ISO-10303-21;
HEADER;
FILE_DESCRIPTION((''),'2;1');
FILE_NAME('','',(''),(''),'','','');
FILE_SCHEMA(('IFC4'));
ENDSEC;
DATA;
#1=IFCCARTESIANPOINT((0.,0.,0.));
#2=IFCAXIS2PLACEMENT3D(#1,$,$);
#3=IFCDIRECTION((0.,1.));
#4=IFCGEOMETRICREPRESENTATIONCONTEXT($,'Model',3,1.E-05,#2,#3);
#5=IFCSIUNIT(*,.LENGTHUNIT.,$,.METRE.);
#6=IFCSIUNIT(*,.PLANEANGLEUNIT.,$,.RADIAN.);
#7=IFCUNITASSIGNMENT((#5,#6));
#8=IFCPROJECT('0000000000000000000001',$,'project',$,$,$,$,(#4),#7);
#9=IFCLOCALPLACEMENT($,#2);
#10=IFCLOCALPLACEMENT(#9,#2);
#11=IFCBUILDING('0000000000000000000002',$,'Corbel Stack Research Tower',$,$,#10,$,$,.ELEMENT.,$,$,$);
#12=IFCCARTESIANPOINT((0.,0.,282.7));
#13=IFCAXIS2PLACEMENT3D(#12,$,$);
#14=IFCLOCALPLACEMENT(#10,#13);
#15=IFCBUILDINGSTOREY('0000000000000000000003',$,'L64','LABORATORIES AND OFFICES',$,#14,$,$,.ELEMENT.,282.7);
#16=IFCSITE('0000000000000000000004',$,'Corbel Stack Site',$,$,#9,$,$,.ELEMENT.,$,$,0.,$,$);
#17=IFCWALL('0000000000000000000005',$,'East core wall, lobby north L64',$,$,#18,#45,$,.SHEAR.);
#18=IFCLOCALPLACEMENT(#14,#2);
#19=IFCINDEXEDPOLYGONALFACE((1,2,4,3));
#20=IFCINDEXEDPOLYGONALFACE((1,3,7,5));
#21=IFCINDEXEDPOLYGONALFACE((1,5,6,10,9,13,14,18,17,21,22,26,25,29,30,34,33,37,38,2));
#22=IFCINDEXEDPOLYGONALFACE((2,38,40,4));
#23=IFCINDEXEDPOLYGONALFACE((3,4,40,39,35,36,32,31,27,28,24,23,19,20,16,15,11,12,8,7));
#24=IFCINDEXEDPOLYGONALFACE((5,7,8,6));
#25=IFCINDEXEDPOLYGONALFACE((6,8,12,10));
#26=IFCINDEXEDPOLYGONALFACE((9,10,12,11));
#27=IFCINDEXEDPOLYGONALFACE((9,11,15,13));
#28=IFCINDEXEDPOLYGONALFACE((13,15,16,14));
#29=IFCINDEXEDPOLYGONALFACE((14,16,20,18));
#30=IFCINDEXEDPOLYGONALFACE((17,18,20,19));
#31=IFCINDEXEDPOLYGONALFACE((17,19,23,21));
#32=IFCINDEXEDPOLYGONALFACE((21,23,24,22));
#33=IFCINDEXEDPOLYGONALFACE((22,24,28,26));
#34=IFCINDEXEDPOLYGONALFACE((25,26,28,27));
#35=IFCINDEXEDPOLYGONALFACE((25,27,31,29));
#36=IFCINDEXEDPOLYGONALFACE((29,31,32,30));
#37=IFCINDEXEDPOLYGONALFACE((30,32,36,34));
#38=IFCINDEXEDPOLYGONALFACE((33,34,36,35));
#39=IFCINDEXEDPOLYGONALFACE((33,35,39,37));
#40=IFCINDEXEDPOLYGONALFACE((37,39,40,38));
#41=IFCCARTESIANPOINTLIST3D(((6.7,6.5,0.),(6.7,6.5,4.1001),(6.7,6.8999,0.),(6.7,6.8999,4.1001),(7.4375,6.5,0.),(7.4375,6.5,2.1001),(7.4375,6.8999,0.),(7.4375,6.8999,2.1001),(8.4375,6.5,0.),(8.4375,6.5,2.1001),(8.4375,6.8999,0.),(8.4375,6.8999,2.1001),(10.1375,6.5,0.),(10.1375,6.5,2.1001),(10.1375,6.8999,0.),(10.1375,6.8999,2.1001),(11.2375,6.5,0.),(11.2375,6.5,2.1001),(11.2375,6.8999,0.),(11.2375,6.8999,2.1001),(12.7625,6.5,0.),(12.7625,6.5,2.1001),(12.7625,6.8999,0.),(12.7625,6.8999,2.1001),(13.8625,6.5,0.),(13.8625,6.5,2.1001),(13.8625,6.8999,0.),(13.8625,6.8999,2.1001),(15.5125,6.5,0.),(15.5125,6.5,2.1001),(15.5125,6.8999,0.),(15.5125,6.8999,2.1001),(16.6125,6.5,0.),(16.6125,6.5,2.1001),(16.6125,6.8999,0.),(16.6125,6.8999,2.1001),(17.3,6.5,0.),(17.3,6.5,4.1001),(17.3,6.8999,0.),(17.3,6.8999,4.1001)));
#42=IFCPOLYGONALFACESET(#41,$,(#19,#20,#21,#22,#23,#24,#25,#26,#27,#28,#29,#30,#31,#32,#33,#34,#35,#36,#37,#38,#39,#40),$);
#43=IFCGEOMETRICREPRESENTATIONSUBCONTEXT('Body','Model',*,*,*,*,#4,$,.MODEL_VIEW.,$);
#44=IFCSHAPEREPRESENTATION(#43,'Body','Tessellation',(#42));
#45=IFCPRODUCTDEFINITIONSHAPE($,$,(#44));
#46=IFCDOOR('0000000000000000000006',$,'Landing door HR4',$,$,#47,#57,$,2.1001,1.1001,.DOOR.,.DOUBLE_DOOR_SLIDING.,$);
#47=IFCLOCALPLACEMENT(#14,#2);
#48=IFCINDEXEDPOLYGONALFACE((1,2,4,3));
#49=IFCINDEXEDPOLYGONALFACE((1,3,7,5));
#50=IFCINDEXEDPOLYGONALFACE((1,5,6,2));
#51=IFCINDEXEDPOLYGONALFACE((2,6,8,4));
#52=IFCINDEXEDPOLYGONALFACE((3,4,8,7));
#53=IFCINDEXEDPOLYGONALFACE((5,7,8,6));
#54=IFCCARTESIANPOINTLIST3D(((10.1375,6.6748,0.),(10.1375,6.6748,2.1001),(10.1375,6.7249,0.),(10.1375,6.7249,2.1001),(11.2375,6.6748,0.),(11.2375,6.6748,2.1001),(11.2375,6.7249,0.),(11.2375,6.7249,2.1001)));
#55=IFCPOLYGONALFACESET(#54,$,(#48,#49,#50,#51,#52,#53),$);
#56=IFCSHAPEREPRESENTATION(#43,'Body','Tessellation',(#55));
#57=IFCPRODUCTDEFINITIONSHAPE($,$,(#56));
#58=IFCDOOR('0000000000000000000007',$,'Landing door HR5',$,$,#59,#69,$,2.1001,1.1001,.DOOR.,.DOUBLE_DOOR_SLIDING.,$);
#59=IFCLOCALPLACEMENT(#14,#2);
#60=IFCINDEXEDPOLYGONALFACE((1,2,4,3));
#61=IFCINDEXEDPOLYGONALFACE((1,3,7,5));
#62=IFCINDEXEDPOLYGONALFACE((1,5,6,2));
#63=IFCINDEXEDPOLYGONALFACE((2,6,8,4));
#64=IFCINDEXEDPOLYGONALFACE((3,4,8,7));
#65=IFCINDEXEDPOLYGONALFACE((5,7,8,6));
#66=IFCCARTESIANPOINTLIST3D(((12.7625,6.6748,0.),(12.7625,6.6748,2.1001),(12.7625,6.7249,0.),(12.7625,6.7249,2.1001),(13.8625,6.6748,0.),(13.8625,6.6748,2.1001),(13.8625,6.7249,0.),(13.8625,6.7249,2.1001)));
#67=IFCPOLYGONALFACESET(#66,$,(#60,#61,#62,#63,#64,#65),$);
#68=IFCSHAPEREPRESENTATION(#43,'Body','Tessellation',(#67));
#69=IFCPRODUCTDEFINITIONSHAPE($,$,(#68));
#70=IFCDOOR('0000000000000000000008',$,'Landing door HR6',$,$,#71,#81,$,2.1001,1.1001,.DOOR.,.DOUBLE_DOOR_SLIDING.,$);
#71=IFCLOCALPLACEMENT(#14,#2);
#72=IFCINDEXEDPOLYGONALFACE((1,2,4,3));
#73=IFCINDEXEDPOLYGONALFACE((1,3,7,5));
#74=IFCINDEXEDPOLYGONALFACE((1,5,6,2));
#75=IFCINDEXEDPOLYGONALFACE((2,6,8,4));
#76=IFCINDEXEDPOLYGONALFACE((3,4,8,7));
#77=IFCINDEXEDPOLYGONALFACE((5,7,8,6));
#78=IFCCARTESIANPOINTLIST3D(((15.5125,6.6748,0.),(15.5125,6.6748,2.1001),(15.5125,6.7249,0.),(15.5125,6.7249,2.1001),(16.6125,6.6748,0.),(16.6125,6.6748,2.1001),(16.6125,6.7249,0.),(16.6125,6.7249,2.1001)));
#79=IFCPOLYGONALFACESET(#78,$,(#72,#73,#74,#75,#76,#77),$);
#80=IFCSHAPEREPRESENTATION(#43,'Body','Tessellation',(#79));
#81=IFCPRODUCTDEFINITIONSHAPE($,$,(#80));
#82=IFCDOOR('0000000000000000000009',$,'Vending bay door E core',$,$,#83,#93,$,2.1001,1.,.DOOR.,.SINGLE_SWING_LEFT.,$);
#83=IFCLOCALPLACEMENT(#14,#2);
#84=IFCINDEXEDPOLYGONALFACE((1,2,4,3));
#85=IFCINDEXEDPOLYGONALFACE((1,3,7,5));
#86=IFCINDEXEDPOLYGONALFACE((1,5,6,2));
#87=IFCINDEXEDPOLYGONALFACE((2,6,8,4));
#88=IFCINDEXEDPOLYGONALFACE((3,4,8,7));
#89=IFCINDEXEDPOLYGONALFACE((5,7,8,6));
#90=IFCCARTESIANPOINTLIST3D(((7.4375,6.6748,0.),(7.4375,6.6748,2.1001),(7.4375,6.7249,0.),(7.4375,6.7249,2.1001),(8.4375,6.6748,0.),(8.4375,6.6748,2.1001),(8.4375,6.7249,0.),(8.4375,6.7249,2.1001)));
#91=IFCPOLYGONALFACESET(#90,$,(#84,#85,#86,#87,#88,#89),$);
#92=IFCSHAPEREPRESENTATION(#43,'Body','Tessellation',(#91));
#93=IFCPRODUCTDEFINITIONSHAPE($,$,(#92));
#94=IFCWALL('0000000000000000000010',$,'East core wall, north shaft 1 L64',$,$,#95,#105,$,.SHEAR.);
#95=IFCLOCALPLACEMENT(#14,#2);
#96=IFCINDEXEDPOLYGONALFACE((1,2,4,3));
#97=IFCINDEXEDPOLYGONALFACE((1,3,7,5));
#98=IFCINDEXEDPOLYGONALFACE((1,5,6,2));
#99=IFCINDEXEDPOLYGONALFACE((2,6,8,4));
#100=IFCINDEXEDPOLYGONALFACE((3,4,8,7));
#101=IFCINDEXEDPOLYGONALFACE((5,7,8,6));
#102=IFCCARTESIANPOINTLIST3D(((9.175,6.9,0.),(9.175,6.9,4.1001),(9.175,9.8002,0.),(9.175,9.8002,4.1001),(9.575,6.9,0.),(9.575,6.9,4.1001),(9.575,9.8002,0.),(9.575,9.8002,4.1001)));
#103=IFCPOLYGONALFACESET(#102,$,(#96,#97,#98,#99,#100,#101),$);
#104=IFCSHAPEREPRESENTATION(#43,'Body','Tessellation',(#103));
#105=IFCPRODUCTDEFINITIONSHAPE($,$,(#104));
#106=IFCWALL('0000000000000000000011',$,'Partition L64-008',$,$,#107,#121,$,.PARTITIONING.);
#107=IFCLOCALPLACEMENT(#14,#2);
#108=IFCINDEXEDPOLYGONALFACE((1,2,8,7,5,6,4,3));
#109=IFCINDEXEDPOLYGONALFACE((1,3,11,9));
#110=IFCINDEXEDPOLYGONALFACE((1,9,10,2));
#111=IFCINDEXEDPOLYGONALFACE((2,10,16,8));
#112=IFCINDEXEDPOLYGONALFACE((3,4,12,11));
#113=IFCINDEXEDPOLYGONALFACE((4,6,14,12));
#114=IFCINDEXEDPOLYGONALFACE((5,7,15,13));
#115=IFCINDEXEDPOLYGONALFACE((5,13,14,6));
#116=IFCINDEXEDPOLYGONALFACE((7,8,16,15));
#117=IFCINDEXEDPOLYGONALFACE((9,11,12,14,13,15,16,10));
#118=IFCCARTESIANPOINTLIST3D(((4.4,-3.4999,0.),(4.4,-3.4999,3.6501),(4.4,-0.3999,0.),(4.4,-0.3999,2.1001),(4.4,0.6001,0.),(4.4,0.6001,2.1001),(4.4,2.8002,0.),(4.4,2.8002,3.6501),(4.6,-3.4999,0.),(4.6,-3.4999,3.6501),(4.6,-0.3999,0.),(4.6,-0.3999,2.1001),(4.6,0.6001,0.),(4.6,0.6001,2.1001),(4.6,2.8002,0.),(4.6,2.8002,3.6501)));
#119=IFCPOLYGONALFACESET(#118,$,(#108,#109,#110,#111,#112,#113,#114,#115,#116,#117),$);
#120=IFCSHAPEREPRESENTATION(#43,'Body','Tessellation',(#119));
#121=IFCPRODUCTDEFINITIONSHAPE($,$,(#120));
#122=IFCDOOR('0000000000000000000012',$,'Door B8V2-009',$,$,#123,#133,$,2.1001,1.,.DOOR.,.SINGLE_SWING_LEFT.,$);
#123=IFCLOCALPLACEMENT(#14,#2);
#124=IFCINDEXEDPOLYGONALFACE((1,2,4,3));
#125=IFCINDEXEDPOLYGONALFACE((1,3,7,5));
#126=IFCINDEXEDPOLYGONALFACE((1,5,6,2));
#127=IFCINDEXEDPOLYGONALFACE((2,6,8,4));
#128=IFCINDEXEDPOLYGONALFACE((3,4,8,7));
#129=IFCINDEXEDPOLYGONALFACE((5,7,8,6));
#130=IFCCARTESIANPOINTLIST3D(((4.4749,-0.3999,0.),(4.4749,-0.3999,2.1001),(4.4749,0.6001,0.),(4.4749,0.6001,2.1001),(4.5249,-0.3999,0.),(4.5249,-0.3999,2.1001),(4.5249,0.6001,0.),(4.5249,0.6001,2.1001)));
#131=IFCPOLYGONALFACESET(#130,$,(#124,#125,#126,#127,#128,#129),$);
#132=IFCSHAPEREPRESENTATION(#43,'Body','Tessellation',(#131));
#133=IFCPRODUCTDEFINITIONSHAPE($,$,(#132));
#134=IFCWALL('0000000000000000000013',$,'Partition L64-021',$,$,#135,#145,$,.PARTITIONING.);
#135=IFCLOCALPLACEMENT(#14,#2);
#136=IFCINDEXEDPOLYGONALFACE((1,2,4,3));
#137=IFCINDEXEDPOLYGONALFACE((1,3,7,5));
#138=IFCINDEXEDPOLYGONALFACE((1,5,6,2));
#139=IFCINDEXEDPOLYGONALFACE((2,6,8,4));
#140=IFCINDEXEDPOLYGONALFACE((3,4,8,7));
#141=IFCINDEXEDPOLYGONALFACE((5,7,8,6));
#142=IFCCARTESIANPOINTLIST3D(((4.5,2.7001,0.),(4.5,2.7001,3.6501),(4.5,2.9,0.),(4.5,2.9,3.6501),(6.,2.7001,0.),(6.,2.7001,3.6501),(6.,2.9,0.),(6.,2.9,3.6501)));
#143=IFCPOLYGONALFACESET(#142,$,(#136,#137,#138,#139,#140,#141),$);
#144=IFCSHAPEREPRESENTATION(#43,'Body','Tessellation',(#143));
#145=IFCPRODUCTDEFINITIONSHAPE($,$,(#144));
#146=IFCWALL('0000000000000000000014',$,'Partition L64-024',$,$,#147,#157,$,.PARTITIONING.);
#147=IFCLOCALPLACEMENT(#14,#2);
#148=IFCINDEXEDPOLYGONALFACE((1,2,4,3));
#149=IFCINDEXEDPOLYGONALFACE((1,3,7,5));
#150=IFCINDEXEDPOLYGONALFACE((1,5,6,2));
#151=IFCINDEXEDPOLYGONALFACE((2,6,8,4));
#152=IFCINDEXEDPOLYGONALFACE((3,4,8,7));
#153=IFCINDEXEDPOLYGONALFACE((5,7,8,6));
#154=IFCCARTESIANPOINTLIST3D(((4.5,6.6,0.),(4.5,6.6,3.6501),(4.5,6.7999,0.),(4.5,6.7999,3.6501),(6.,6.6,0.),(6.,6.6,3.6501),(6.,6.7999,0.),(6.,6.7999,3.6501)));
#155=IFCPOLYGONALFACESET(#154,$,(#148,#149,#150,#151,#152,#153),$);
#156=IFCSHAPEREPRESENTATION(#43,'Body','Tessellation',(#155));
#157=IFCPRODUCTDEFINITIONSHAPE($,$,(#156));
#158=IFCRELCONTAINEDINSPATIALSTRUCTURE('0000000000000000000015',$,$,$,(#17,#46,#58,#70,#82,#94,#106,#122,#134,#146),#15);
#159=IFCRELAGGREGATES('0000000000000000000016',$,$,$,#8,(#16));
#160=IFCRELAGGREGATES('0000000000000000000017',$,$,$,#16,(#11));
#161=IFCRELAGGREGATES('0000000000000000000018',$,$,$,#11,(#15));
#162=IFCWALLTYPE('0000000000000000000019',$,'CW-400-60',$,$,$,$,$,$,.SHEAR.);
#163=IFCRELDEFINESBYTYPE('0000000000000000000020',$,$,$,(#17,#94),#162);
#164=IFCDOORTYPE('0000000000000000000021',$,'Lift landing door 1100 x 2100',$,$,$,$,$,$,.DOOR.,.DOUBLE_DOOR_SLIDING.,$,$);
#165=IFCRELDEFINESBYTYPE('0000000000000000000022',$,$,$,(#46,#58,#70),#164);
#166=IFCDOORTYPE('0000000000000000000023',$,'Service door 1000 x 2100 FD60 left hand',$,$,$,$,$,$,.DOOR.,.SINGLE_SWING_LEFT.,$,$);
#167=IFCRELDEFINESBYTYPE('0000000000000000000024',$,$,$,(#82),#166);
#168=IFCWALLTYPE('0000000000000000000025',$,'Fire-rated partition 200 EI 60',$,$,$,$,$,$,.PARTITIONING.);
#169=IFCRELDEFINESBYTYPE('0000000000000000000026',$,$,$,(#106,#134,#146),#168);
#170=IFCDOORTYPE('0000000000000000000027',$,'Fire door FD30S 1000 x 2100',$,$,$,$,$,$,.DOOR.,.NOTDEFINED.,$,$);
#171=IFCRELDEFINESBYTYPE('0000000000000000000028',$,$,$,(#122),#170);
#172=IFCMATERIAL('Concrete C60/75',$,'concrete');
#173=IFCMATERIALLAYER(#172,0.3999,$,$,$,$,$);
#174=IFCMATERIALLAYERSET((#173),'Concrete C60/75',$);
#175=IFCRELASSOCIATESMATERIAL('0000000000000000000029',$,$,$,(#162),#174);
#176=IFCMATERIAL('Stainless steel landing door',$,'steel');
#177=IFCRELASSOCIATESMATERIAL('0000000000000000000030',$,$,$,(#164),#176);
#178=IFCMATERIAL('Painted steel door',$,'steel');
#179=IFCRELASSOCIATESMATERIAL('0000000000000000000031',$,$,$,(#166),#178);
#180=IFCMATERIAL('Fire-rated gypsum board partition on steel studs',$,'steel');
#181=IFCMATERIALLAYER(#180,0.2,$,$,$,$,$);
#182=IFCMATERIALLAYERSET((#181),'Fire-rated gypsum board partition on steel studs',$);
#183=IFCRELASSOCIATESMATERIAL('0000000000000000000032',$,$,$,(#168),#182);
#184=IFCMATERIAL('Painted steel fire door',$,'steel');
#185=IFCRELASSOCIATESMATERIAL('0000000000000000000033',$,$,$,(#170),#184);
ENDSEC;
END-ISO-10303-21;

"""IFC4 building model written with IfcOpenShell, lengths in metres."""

from ifc_helpers import new_model, si_unit, direction, frame, frame_2d, origin, place, context, subcontext, project, spatial, rectangle, extrude, material, layer, layer_set, type_object, element, fill, save


model = new_model("IFC4")

# Units and contexts
model_context = context("Model", 3, precision=1e-05, world=origin(), true_north=direction((0.0, 1.0)))
body_context = subcontext(model_context, "Body", "Model", "MODEL_VIEW")
ifc_project = project(units=[si_unit("LENGTHUNIT", "METRE"), si_unit("PLANEANGLEUNIT", "RADIAN")], contexts=[model_context])

# Site, building, storey
site_placement = place(None, origin())
site = spatial("IfcSite", under=ifc_project, at=site_placement, Name="Corbel Stack Site", CompositionType="ELEMENT", RefElevation=0.0)
building_placement = place(site_placement, origin())
building = spatial("IfcBuilding", under=site, at=building_placement, Name="Corbel Stack Research Tower", CompositionType="ELEMENT")
storey_placement = place(building_placement, frame((0.0, 0.0, 282.7)))
storey = spatial("IfcBuildingStorey", under=building, at=storey_placement, Name="L64", Description="LABORATORIES AND OFFICES", CompositionType="ELEMENT", Elevation=282.7)

# Wall, openings, doors
ifc_material_1 = material(Name="Concrete C60/75", Category="concrete")
ifc_layer_1 = layer(ifc_material_1, 0.3999)
ifc_layer_set_1 = layer_set([ifc_layer_1], Name="Concrete C60/75")
wall_type_1 = type_object("IfcWallType", Name="CW-400-60", PredefinedType="SHEAR", material=ifc_layer_set_1)
ifc_material_2 = material(Name="Stainless steel landing door", Category="steel")
door_type_1 = type_object("IfcDoorType", Name="Lift landing door 1100 x 2100", OperationType="DOUBLE_DOOR_SLIDING", PredefinedType="DOOR", material=ifc_material_2)
ifc_material_3 = material(Name="Painted steel door", Category="steel")
door_type_2 = type_object("IfcDoorType", Name="Service door 1000 x 2100 FD60 left hand", OperationType="SINGLE_SWING_LEFT", PredefinedType="DOOR", material=ifc_material_3)
wall_1_placement = place(storey_placement, frame((6.7, 6.7, 0.0), z_axis=(0.0, 0.0, 1.0), x_axis=(1.0, 0.0, 0.0)))
wall_1 = element("IfcWall", 1, at=wall_1_placement, inside=storey, type_object=wall_type_1, Name="East core wall, lobby north L64", PredefinedType="SHEAR", context=body_context, shape_type="SweptSolid", body=[
    extrude(rectangle(XDim=10.6001, YDim=0.3999, at=frame_2d((5.3, 0.0))), origin(), (0.0, 0.0, 1.0), 4.1001),
])
opening_1_placement = place(wall_1_placement, frame((3.4375, 0.0, 0.0)))
opening_1 = element("IfcOpeningElement", 2, at=opening_1_placement, cuts=wall_1, PredefinedType="OPENING", context=body_context, shape_type="SweptSolid", body=[
    extrude(rectangle(XDim=1.1001, YDim=2.1001, at=frame_2d((0.55, 1.05))), frame((0.0, 0.21, 0.0), z_axis=(0.0, -1.0, 0.0), x_axis=(1.0, 0.0, 0.0)), (0.0, 0.0, 1.0), 0.4199),
])
opening_2_placement = place(wall_1_placement, frame((6.0625, 0.0, 0.0)))
opening_2 = element("IfcOpeningElement", 3, at=opening_2_placement, cuts=wall_1, PredefinedType="OPENING", context=body_context, shape_type="SweptSolid", body=[
    extrude(rectangle(XDim=1.1001, YDim=2.1001, at=frame_2d((0.55, 1.05))), frame((0.0, 0.21, 0.0), z_axis=(0.0, -1.0, 0.0), x_axis=(1.0, 0.0, 0.0)), (0.0, 0.0, 1.0), 0.4199),
])
opening_3_placement = place(wall_1_placement, frame((8.8125, 0.0, 0.0)))
opening_3 = element("IfcOpeningElement", 4, at=opening_3_placement, cuts=wall_1, PredefinedType="OPENING", context=body_context, shape_type="SweptSolid", body=[
    extrude(rectangle(XDim=1.1001, YDim=2.1001, at=frame_2d((0.55, 1.05))), frame((0.0, 0.21, 0.0), z_axis=(0.0, -1.0, 0.0), x_axis=(1.0, 0.0, 0.0)), (0.0, 0.0, 1.0), 0.4199),
])
opening_4_placement = place(wall_1_placement, frame((0.7375, 0.0, 0.0)))
opening_4 = element("IfcOpeningElement", 5, at=opening_4_placement, cuts=wall_1, PredefinedType="OPENING", context=body_context, shape_type="SweptSolid", body=[
    extrude(rectangle(XDim=1.0, YDim=2.1001, at=frame_2d((0.5, 1.05))), frame((0.0, 0.21, 0.0), z_axis=(0.0, -1.0, 0.0), x_axis=(1.0, 0.0, 0.0)), (0.0, 0.0, 1.0), 0.4199),
])
door_1_placement = place(opening_1_placement, origin())
door_1 = element("IfcDoor", 6, at=door_1_placement, inside=storey, type_object=door_type_1, Name="Landing door HR4", OperationType="DOUBLE_DOOR_SLIDING", OverallHeight=2.1001, OverallWidth=1.1001, PredefinedType="DOOR", context=body_context, shape_type="SweptSolid", body=[
    extrude(rectangle(XDim=1.1001, YDim=2.1001, at=frame_2d((0.55, 1.05))), frame((0.0, 0.0249, 0.0), z_axis=(0.0, -1.0, 0.0), x_axis=(1.0, 0.0, 0.0)), (0.0, 0.0, 1.0), 0.05),
])
fill(opening_1, door_1)
door_2_placement = place(opening_2_placement, origin())
door_2 = element("IfcDoor", 7, at=door_2_placement, inside=storey, type_object=door_type_1, Name="Landing door HR5", OperationType="DOUBLE_DOOR_SLIDING", OverallHeight=2.1001, OverallWidth=1.1001, PredefinedType="DOOR", context=body_context, shape_type="SweptSolid", body=[
    extrude(rectangle(XDim=1.1001, YDim=2.1001, at=frame_2d((0.55, 1.05))), frame((0.0, 0.0249, 0.0), z_axis=(0.0, -1.0, 0.0), x_axis=(1.0, 0.0, 0.0)), (0.0, 0.0, 1.0), 0.05),
])
fill(opening_2, door_2)
door_3_placement = place(opening_3_placement, origin())
door_3 = element("IfcDoor", 8, at=door_3_placement, inside=storey, type_object=door_type_1, Name="Landing door HR6", OperationType="DOUBLE_DOOR_SLIDING", OverallHeight=2.1001, OverallWidth=1.1001, PredefinedType="DOOR", context=body_context, shape_type="SweptSolid", body=[
    extrude(rectangle(XDim=1.1001, YDim=2.1001, at=frame_2d((0.55, 1.05))), frame((0.0, 0.0249, 0.0), z_axis=(0.0, -1.0, 0.0), x_axis=(1.0, 0.0, 0.0)), (0.0, 0.0, 1.0), 0.05),
])
fill(opening_3, door_3)
door_4_placement = place(opening_4_placement, origin())
door_4 = element("IfcDoor", 9, at=door_4_placement, inside=storey, type_object=door_type_2, Name="Vending bay door E core", OperationType="SINGLE_SWING_LEFT", OverallHeight=2.1001, OverallWidth=1.0, PredefinedType="DOOR", context=body_context, shape_type="SweptSolid", body=[
    extrude(rectangle(XDim=1.0, YDim=2.1001, at=frame_2d((0.5, 1.05))), frame((0.0, 0.0249, 0.0), z_axis=(0.0, -1.0, 0.0), x_axis=(1.0, 0.0, 0.0)), (0.0, 0.0, 1.0), 0.05),
])
fill(opening_4, door_4)

# Wall
wall_2_placement = place(storey_placement, frame((9.375, 6.8999, 0.0), z_axis=(0.0, 0.0, 1.0), x_axis=(0.0, 1.0, 0.0)))
element("IfcWall", 10, at=wall_2_placement, inside=storey, type_object=wall_type_1, Name="East core wall, north shaft 1 L64", PredefinedType="SHEAR", context=body_context, shape_type="SweptSolid", body=[
    extrude(rectangle(XDim=2.9001, YDim=0.3999, at=frame_2d((1.4502, 0.0))), origin(), (0.0, 0.0, 1.0), 4.1001),
])

# Wall, opening, door
ifc_material_4 = material(Name="Fire-rated gypsum board partition on steel studs", Category="steel")
ifc_layer_2 = layer(ifc_material_4, 0.2)
ifc_layer_set_2 = layer_set([ifc_layer_2], Name="Fire-rated gypsum board partition on steel studs")
wall_type_2 = type_object("IfcWallType", Name="Fire-rated partition 200 EI 60", PredefinedType="PARTITIONING", material=ifc_layer_set_2)
wall_3_placement = place(storey_placement, frame((4.5, 2.8, 0.0), z_axis=(0.0, 0.0, 1.0), x_axis=(0.0, -1.0, 0.0)))
wall_3 = element("IfcWall", 11, at=wall_3_placement, inside=storey, type_object=wall_type_2, Name="Partition L64-008", PredefinedType="PARTITIONING", context=body_context, shape_type="SweptSolid", body=[
    extrude(rectangle(XDim=6.3, YDim=0.2, at=frame_2d((3.1499, 0.0))), origin(), (0.0, 0.0, 1.0), 3.6501),
])
opening_5_placement = place(wall_3_placement, frame((2.2, 0.0, 0.0)))
opening_5 = element("IfcOpeningElement", 12, at=opening_5_placement, cuts=wall_3, PredefinedType="OPENING", context=body_context, shape_type="SweptSolid", body=[
    extrude(rectangle(XDim=1.0, YDim=2.1001, at=frame_2d((0.5, 1.05))), frame((0.0, 0.1099, 0.0), z_axis=(0.0, -1.0, 0.0), x_axis=(1.0, 0.0, 0.0)), (0.0, 0.0, 1.0), 0.22),
])
ifc_material_5 = material(Name="Painted steel fire door", Category="steel")
door_type_3 = type_object("IfcDoorType", Name="Fire door FD30S 1000 x 2100", OperationType="NOTDEFINED", PredefinedType="DOOR", material=ifc_material_5)
door_5_placement = place(opening_5_placement, origin())
door_5 = element("IfcDoor", 13, at=door_5_placement, inside=storey, type_object=door_type_3, Name="Door B8V2-009", OperationType="SINGLE_SWING_LEFT", OverallHeight=2.1001, OverallWidth=1.0, PredefinedType="DOOR", context=body_context, shape_type="SweptSolid", body=[
    extrude(rectangle(XDim=1.0, YDim=2.1001, at=frame_2d((0.5, 1.05))), frame((0.0, 0.0249, 0.0), z_axis=(0.0, -1.0, 0.0), x_axis=(1.0, 0.0, 0.0)), (0.0, 0.0, 1.0), 0.05),
])
fill(opening_5, door_5)

# Walls
for number, where, z_axis, x_axis, name in (
    (14, (4.5, 2.8, 0.0), (0.0, 0.0, 1.0), (1.0, 0.0, 0.0), "Partition L64-021"),
    (15, (4.5, 6.7, 0.0), (0.0, 0.0, 1.0), (1.0, 0.0, 0.0), "Partition L64-024"),
):
    element("IfcWall", number, at=place(storey_placement, frame(where, z_axis=z_axis, x_axis=x_axis)), inside=storey, type_object=wall_type_2, Name=name, PredefinedType="PARTITIONING", context=body_context, shape_type="SweptSolid", body=[
        extrude(rectangle(XDim=1.5, YDim=0.2, at=frame_2d((0.75, 0.0))), origin(), (0.0, 0.0, 1.0), 3.6501),
    ])

save(model, "model.ifc")
